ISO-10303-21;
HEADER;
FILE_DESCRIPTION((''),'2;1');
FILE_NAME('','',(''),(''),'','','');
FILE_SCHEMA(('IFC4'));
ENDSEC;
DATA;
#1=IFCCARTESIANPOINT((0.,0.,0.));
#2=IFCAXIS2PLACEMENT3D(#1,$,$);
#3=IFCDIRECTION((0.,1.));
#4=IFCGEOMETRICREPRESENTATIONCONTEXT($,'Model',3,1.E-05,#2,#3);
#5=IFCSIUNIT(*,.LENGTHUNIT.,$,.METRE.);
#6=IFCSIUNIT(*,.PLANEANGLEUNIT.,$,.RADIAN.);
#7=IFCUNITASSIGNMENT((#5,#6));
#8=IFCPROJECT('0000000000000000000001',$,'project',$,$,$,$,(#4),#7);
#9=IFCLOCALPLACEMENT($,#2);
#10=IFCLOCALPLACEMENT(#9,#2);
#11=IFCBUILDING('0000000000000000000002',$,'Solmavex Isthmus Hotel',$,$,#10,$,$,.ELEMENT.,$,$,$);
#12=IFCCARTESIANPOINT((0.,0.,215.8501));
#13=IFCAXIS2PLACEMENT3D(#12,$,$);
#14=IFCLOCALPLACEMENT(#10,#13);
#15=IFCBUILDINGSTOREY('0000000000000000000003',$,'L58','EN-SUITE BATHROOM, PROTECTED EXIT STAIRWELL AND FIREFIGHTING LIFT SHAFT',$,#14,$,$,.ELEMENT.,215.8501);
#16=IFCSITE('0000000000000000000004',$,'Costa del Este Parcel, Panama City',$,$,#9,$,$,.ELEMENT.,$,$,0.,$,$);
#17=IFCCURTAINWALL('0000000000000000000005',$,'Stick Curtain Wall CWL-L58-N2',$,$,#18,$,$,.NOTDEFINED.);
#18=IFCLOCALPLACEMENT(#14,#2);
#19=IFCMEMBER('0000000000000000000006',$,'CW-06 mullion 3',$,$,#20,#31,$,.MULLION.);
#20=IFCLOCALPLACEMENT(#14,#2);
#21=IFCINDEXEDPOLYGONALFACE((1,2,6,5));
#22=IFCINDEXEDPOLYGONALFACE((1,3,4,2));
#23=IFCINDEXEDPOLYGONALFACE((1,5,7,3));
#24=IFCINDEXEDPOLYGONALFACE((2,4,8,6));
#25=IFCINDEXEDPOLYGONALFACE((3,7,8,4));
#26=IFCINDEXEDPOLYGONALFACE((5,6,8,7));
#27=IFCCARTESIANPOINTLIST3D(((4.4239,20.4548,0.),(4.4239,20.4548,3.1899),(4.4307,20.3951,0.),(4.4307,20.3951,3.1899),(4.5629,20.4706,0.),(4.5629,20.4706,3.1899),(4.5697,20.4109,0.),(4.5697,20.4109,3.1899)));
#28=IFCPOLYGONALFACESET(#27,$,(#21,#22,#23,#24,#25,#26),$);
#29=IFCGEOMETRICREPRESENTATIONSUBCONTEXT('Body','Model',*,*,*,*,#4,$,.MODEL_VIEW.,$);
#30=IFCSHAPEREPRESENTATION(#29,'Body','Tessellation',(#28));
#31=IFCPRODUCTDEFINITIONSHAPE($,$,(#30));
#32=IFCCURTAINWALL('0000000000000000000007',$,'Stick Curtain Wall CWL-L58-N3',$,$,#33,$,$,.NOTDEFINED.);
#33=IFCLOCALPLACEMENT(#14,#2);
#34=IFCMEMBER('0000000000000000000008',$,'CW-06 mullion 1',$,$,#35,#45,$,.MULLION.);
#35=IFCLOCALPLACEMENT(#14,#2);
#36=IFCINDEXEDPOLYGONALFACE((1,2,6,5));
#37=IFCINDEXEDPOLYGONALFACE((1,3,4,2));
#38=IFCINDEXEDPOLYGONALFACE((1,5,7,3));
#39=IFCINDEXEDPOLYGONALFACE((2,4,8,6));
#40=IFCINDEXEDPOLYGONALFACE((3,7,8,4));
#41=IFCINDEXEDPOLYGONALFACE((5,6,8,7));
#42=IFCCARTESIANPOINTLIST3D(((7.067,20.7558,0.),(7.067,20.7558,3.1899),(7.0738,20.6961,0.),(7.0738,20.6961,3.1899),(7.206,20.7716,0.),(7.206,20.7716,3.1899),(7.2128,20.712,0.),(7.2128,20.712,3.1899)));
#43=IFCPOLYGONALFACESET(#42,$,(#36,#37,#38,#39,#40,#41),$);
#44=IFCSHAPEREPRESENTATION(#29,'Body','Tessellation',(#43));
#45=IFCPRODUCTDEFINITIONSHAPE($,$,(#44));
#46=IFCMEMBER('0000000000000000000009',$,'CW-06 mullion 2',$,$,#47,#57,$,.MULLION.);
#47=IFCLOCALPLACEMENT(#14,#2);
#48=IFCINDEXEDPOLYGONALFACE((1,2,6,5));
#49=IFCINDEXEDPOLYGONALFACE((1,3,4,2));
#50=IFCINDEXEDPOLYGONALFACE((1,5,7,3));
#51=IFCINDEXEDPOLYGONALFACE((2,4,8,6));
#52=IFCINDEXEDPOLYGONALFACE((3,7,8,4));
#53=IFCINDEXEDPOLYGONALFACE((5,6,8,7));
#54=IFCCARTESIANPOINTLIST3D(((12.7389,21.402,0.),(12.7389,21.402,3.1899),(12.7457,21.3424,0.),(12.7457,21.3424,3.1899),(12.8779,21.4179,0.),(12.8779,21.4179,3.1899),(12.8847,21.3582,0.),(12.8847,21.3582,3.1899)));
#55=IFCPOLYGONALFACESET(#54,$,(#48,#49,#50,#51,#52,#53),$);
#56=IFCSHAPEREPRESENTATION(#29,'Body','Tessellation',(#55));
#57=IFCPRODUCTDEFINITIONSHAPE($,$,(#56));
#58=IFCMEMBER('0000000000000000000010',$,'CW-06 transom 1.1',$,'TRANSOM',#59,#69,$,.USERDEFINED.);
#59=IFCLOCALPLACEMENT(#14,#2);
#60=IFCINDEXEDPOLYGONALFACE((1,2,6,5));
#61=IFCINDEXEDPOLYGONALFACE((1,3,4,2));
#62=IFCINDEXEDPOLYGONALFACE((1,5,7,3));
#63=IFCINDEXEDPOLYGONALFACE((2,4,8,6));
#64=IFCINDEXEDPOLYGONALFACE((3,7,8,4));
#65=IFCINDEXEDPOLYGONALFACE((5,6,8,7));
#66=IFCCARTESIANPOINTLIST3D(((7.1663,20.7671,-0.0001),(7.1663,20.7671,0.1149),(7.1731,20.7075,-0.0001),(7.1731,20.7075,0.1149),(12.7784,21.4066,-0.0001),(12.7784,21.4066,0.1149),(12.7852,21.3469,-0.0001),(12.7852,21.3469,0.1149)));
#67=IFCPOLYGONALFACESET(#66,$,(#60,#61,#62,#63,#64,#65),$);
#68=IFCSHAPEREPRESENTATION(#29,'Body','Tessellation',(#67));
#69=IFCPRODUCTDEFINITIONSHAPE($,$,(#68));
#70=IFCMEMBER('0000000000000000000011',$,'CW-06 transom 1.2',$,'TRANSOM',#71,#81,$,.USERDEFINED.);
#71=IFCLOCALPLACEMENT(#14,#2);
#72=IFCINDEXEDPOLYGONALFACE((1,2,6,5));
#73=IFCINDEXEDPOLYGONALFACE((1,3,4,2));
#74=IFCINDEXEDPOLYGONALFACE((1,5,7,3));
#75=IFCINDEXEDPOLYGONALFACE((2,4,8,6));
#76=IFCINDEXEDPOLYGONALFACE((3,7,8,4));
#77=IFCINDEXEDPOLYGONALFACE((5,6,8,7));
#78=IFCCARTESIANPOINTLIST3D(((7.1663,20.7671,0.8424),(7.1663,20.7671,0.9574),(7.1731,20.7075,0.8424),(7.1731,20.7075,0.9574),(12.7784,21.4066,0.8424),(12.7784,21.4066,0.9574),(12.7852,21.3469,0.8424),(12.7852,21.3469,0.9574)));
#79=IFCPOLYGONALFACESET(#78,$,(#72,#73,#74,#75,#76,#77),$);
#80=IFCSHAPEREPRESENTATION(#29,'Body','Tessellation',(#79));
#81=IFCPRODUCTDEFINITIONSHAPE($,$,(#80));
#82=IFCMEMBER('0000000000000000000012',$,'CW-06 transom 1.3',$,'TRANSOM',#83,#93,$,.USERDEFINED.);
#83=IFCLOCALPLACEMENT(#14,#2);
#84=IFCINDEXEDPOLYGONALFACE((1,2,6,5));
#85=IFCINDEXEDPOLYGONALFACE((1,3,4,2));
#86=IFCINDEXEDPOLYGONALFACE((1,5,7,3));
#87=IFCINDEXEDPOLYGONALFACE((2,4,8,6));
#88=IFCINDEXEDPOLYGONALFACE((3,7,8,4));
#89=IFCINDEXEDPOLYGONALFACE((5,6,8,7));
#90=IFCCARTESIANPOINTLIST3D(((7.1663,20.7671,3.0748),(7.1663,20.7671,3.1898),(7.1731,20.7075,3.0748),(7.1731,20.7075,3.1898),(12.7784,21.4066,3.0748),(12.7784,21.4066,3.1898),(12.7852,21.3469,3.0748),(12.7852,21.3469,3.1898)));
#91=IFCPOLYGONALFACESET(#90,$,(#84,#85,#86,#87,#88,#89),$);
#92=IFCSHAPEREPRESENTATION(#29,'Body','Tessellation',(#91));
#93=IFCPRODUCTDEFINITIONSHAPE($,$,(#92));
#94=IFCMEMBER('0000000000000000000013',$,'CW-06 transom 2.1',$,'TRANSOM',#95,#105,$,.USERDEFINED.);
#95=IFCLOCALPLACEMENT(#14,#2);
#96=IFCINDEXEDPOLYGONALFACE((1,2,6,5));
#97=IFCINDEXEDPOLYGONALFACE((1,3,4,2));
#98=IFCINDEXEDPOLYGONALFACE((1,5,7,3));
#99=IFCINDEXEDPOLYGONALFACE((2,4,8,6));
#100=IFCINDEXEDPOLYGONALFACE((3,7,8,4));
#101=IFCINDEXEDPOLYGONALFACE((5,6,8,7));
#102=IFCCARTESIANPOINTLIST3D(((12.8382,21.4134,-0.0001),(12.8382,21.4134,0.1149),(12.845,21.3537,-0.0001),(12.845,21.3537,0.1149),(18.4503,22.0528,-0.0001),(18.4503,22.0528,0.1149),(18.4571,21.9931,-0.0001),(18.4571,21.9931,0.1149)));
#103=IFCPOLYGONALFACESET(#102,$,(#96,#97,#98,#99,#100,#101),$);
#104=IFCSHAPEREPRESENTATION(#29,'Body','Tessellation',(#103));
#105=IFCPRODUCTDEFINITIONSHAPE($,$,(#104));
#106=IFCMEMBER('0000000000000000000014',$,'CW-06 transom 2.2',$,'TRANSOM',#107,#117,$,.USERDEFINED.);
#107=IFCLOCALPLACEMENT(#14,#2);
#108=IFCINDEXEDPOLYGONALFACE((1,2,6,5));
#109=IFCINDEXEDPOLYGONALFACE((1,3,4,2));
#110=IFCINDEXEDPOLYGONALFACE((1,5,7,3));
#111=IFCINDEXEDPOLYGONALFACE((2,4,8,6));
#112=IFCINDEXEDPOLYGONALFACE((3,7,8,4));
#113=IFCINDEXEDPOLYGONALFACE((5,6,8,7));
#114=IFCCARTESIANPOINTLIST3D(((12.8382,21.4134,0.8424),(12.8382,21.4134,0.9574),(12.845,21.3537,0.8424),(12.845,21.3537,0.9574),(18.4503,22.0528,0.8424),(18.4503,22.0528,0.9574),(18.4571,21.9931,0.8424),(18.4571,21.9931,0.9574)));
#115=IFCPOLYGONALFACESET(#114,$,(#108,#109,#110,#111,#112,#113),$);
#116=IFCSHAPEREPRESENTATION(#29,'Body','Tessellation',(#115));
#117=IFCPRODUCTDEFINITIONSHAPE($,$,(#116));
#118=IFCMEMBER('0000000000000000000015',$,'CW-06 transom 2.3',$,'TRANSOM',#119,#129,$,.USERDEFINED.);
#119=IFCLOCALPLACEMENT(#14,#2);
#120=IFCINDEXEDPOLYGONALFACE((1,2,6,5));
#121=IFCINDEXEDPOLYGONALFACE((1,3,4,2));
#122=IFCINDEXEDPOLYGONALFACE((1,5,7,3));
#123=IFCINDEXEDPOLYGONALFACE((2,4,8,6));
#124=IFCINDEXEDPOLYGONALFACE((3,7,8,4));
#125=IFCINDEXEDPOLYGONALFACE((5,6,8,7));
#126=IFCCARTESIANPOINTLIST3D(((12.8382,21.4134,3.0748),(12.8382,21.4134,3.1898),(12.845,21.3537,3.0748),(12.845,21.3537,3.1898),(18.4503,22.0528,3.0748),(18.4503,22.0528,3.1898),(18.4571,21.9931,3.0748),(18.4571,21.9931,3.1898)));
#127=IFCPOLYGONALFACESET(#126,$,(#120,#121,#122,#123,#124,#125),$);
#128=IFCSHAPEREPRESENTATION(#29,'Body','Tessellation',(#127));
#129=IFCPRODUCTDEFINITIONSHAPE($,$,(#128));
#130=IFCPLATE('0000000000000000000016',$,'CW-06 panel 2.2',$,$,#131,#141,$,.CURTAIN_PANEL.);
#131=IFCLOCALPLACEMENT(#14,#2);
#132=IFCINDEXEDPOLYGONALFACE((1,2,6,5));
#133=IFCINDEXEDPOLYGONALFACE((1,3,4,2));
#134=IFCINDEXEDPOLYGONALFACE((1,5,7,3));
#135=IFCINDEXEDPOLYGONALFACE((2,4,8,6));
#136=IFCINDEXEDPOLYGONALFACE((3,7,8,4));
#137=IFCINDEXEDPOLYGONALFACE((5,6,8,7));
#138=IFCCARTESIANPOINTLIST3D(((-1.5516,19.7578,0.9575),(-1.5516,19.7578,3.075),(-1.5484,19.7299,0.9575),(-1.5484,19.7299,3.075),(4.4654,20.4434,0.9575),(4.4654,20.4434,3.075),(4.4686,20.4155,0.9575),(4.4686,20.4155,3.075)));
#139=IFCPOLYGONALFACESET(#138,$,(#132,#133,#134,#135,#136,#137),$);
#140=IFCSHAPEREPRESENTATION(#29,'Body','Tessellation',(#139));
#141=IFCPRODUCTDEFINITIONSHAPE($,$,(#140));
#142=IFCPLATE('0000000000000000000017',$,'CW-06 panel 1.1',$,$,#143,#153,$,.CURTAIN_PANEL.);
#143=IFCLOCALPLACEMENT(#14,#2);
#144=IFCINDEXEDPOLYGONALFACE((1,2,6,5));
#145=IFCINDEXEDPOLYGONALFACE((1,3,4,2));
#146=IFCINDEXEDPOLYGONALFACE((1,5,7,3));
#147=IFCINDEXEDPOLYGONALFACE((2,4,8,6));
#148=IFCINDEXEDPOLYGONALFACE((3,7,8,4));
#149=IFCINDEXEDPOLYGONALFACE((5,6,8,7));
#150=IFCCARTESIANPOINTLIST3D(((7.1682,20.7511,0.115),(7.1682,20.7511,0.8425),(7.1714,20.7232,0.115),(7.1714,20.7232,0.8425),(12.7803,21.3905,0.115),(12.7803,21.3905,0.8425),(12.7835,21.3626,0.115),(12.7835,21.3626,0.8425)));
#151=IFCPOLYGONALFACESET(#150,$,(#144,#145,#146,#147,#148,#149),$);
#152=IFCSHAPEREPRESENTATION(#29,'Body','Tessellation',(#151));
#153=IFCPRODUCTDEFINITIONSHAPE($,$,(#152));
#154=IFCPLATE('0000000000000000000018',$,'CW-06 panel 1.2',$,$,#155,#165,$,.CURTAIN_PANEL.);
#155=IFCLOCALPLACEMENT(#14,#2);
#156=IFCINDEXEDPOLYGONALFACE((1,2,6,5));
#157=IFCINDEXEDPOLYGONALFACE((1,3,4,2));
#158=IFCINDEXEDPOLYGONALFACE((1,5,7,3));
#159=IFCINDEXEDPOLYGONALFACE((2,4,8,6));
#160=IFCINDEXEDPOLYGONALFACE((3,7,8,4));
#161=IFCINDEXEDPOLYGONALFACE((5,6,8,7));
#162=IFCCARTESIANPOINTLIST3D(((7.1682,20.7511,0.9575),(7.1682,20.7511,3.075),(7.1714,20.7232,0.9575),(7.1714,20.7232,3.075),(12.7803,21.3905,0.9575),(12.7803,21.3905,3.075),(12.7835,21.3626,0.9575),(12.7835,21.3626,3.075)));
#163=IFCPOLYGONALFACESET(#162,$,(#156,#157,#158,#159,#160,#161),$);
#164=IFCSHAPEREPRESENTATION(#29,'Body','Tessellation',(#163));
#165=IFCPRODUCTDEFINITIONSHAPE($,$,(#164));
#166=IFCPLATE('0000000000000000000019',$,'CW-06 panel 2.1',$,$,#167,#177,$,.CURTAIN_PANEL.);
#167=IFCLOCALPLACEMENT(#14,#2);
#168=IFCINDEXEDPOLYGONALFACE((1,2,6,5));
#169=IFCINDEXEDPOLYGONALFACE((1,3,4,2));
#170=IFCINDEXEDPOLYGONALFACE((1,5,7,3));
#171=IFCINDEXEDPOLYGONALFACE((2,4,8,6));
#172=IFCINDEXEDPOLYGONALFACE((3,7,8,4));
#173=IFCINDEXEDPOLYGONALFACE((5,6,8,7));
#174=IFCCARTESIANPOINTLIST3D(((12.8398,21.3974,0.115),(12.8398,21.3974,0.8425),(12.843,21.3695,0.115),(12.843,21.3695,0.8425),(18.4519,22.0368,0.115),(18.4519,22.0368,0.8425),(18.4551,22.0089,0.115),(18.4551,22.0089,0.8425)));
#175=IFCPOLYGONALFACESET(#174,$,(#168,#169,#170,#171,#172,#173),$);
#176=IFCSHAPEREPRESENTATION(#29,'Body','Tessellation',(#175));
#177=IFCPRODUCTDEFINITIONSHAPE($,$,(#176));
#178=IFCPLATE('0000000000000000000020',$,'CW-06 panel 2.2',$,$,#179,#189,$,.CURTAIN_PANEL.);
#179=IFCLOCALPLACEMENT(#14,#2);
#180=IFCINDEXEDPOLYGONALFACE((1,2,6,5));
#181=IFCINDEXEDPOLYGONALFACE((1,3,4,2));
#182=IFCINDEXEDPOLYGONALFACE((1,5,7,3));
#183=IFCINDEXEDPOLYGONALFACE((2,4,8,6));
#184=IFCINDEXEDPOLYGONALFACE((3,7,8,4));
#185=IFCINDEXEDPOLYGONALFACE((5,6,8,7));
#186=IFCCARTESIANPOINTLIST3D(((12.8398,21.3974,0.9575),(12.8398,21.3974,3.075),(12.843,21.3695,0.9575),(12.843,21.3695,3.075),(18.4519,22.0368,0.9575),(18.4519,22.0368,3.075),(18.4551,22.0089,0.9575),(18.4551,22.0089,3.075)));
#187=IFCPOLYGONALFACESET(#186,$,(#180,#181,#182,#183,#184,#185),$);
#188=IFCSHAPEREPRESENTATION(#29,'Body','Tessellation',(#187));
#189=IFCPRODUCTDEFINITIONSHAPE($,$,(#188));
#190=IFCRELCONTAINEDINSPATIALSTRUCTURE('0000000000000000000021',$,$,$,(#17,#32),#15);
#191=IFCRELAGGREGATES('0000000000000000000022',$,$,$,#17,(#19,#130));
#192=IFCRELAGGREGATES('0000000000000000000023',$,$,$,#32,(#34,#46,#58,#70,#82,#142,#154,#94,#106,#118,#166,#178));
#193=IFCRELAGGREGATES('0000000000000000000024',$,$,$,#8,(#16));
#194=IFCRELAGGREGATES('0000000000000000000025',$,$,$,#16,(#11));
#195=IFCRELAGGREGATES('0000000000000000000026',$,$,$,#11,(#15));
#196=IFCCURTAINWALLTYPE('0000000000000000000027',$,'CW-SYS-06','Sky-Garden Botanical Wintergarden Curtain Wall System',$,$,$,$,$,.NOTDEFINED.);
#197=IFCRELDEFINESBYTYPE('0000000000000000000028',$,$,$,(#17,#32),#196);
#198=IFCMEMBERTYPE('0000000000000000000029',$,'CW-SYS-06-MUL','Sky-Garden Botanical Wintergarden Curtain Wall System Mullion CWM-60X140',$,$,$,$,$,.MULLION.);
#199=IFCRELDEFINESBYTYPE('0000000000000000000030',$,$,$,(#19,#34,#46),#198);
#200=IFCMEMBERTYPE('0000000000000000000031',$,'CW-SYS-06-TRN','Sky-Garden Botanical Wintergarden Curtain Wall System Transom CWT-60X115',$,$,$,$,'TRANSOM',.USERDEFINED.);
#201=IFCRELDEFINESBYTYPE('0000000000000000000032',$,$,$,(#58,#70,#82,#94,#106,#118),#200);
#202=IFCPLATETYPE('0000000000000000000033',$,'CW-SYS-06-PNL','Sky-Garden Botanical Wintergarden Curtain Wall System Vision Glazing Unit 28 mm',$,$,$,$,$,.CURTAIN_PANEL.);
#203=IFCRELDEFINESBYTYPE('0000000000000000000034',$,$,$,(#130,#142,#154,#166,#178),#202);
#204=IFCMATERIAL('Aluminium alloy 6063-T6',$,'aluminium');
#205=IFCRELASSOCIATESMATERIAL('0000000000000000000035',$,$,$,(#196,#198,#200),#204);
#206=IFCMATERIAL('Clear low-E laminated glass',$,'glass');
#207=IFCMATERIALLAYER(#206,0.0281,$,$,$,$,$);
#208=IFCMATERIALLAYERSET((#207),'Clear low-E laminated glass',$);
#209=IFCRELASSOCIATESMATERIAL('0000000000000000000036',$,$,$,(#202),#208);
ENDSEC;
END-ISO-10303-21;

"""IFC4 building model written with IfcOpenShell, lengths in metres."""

from ifc_helpers import new_model, si_unit, direction, frame, origin, origin_2d, place, context, subcontext, project, spatial, rectangle, extrude, material, layer, layer_set, material_profile, profile_set, type_object, element, aggregate, save


model = new_model("IFC4")

# Units and contexts
model_context = context("Model", 3, precision=1e-05, world=origin(), true_north=direction((0.0, 1.0)))
body_context = subcontext(model_context, "Body", "Model", "MODEL_VIEW")
ifc_project = project(units=[si_unit("LENGTHUNIT", "METRE"), si_unit("PLANEANGLEUNIT", "RADIAN")], contexts=[model_context])

# Site, building, storey
site_placement = place(None, origin())
site = spatial("IfcSite", under=ifc_project, at=site_placement, Name="Costa del Este Parcel, Panama City", CompositionType="ELEMENT", RefElevation=0.0)
building_placement = place(site_placement, origin())
building = spatial("IfcBuilding", under=site, at=building_placement, Name="Solmavex Isthmus Hotel", CompositionType="ELEMENT")
storey_placement = place(building_placement, frame((0.0, 0.0, 215.8501)))
storey = spatial("IfcBuildingStorey", under=building, at=storey_placement, Name="L58", Description="EN-SUITE BATHROOM, PROTECTED EXIT STAIRWELL AND FIREFIGHTING LIFT SHAFT", CompositionType="ELEMENT", Elevation=215.8501)

# Curtain wall, member
ifc_material_1 = material(Name="Aluminium alloy 6063-T6", Category="aluminium")
curtain_wall_type = type_object("IfcCurtainWallType", Name="CW-SYS-06", Description="Sky-Garden Botanical Wintergarden Curtain Wall System", PredefinedType="NOTDEFINED", material=ifc_material_1)
curtain_wall_1_placement = place(storey_placement, origin())
curtain_wall_1 = element("IfcCurtainWall", 1, at=curtain_wall_1_placement, inside=storey, type_object=curtain_wall_type, Name="Stick Curtain Wall CWL-L58-N2", PredefinedType="NOTDEFINED")
ifc_material_profile_1 = material_profile(ifc_material_1, rectangle(XDim=0.0601, YDim=0.1399, at=origin_2d()), Name="CWM-60X140")
ifc_profile_set_1 = profile_set([ifc_material_profile_1], Name="Aluminium alloy 6063-T6")
member_type_1 = type_object("IfcMemberType", Name="CW-SYS-06-MUL", Description="Sky-Garden Botanical Wintergarden Curtain Wall System Mullion CWM-60X140", PredefinedType="MULLION", material=ifc_profile_set_1)
member_1_placement = place(storey_placement, frame((4.4968, 20.4329, 0.0), z_axis=(0.0, 0.0, 1.0), x_axis=(-0.113203, 0.993572, 0.0)))
member_1 = element("IfcMember", 2, at=member_1_placement, type_object=member_type_1, Name="CW-06 mullion 3", PredefinedType="MULLION", context=body_context, shape_type="SweptSolid", body=[
    extrude(rectangle(XDim=0.0601, YDim=0.1399, at=origin_2d()), origin(), (0.0, 0.0, 1.0), 3.1899),
])

# Curtain wall, members
curtain_wall_2_placement = place(storey_placement, origin())
curtain_wall_2 = element("IfcCurtainWall", 3, at=curtain_wall_2_placement, inside=storey, type_object=curtain_wall_type, Name="Stick Curtain Wall CWL-L58-N3", PredefinedType="NOTDEFINED")
member_2_placement = place(storey_placement, frame((7.1399, 20.7339, 0.0), z_axis=(0.0, 0.0, 1.0), x_axis=(-0.113203, 0.993572, 0.0)))
member_2 = element("IfcMember", 4, at=member_2_placement, type_object=member_type_1, Name="CW-06 mullion 1", PredefinedType="MULLION", context=body_context, shape_type="SweptSolid", body=[
    extrude(rectangle(XDim=0.0601, YDim=0.1399, at=origin_2d()), origin(), (0.0, 0.0, 1.0), 3.1899),
])
member_3_placement = place(storey_placement, frame((12.8118, 21.3801, 0.0), z_axis=(0.0, 0.0, 1.0), x_axis=(-0.113203, 0.993572, 0.0)))
member_3 = element("IfcMember", 5, at=member_3_placement, type_object=member_type_1, Name="CW-06 mullion 2", PredefinedType="MULLION", context=body_context, shape_type="SweptSolid", body=[
    extrude(rectangle(XDim=0.0601, YDim=0.1399, at=origin_2d()), origin(), (0.0, 0.0, 1.0), 3.1899),
])
ifc_material_profile_2 = material_profile(ifc_material_1, rectangle(XDim=0.0601, YDim=0.115, at=origin_2d()), Name="CWT-60X115")
ifc_profile_set_2 = profile_set([ifc_material_profile_2], Name="Aluminium alloy 6063-T6")
member_type_2 = type_object("IfcMemberType", Name="CW-SYS-06-TRN", Description="Sky-Garden Botanical Wintergarden Curtain Wall System Transom CWT-60X115", ElementType="TRANSOM", PredefinedType="USERDEFINED", material=ifc_profile_set_2)
member_4_placement = place(storey_placement, frame((7.1697, 20.7373, 0.0574), z_axis=(0.993572, 0.113202, 0.0), x_axis=(-0.113202, 0.993572, 0.0)))
member_4 = element("IfcMember", 6, at=member_4_placement, type_object=member_type_2, Name="CW-06 transom 1.1", ObjectType="TRANSOM", PredefinedType="USERDEFINED", context=body_context, shape_type="SweptSolid", body=[
    extrude(rectangle(XDim=0.0601, YDim=0.115, at=origin_2d()), origin(), (0.0, 0.0, 1.0), 5.6484),
])
member_5_placement = place(storey_placement, frame((7.1697, 20.7373, 0.8999), z_axis=(0.993572, 0.113202, 0.0), x_axis=(-0.113202, 0.993572, 0.0)))
member_5 = element("IfcMember", 7, at=member_5_placement, type_object=member_type_2, Name="CW-06 transom 1.2", ObjectType="TRANSOM", PredefinedType="USERDEFINED", context=body_context, shape_type="SweptSolid", body=[
    extrude(rectangle(XDim=0.0601, YDim=0.115, at=origin_2d()), origin(), (0.0, 0.0, 1.0), 5.6484),
])
member_6_placement = place(storey_placement, frame((7.1697, 20.7373, 3.1323), z_axis=(0.993572, 0.113202, 0.0), x_axis=(-0.113202, 0.993572, 0.0)))
member_6 = element("IfcMember", 8, at=member_6_placement, type_object=member_type_2, Name="CW-06 transom 1.3", ObjectType="TRANSOM", PredefinedType="USERDEFINED", context=body_context, shape_type="SweptSolid", body=[
    extrude(rectangle(XDim=0.0601, YDim=0.115, at=origin_2d()), origin(), (0.0, 0.0, 1.0), 5.6484),
])
member_7_placement = place(storey_placement, frame((12.8416, 21.3835, 0.0574), z_axis=(0.993572, 0.113202, 0.0), x_axis=(-0.113202, 0.993572, 0.0)))
member_7 = element("IfcMember", 9, at=member_7_placement, type_object=member_type_2, Name="CW-06 transom 2.1", ObjectType="TRANSOM", PredefinedType="USERDEFINED", context=body_context, shape_type="SweptSolid", body=[
    extrude(rectangle(XDim=0.0601, YDim=0.115, at=origin_2d()), origin(), (0.0, 0.0, 1.0), 5.6484),
])
member_8_placement = place(storey_placement, frame((12.8416, 21.3835, 0.8999), z_axis=(0.993572, 0.113202, 0.0), x_axis=(-0.113202, 0.993572, 0.0)))
member_8 = element("IfcMember", 10, at=member_8_placement, type_object=member_type_2, Name="CW-06 transom 2.2", ObjectType="TRANSOM", PredefinedType="USERDEFINED", context=body_context, shape_type="SweptSolid", body=[
    extrude(rectangle(XDim=0.0601, YDim=0.115, at=origin_2d()), origin(), (0.0, 0.0, 1.0), 5.6484),
])
member_9_placement = place(storey_placement, frame((12.8416, 21.3835, 3.1323), z_axis=(0.993572, 0.113202, 0.0), x_axis=(-0.113202, 0.993572, 0.0)))
member_9 = element("IfcMember", 11, at=member_9_placement, type_object=member_type_2, Name="CW-06 transom 2.3", ObjectType="TRANSOM", PredefinedType="USERDEFINED", context=body_context, shape_type="SweptSolid", body=[
    extrude(rectangle(XDim=0.0601, YDim=0.115, at=origin_2d()), origin(), (0.0, 0.0, 1.0), 5.6484),
])

# Plates
ifc_material_2 = material(Name="Clear low-E laminated glass", Category="glass")
ifc_layer_1 = layer(ifc_material_2, 0.0281)
ifc_layer_set_1 = layer_set([ifc_layer_1], Name="Clear low-E laminated glass")
plate_type = type_object("IfcPlateType", Name="CW-SYS-06-PNL", Description="Sky-Garden Botanical Wintergarden Curtain Wall System Vision Glazing Unit 28 mm", PredefinedType="CURTAIN_PANEL", material=ifc_layer_set_1)
plate_1_placement = place(storey_placement, frame((1.4585, 20.0867, 0.9575), z_axis=(0.0, 0.0, 1.0), x_axis=(0.993572, 0.113203, 0.0)))
plate_1 = element("IfcPlate", 12, at=plate_1_placement, type_object=plate_type, Name="CW-06 panel 2.2", PredefinedType="CURTAIN_PANEL", context=body_context, shape_type="SweptSolid", body=[
    extrude(rectangle(XDim=6.0559, YDim=0.0281, at=origin_2d()), origin(), (0.0, 0.0, 1.0), 2.1174),
])
aggregate(curtain_wall_1, [member_1, plate_1])
plate_2_placement = place(storey_placement, frame((9.9758, 21.0569, 0.115), z_axis=(0.0, 0.0, 1.0), x_axis=(0.993572, 0.113203, 0.0)))
plate_2 = element("IfcPlate", 13, at=plate_2_placement, type_object=plate_type, Name="CW-06 panel 1.1", PredefinedType="CURTAIN_PANEL", context=body_context, shape_type="SweptSolid", body=[
    extrude(rectangle(XDim=5.6484, YDim=0.0281, at=origin_2d()), origin(), (0.0, 0.0, 1.0), 0.7275),
])
plate_3_placement = place(storey_placement, frame((9.9758, 21.0569, 0.9575), z_axis=(0.0, 0.0, 1.0), x_axis=(0.993572, 0.113203, 0.0)))
plate_3 = element("IfcPlate", 14, at=plate_3_placement, type_object=plate_type, Name="CW-06 panel 1.2", PredefinedType="CURTAIN_PANEL", context=body_context, shape_type="SweptSolid", body=[
    extrude(rectangle(XDim=5.6484, YDim=0.0281, at=origin_2d()), origin(), (0.0, 0.0, 1.0), 2.1174),
])
plate_4_placement = place(storey_placement, frame((15.6475, 21.7031, 0.115), z_axis=(0.0, 0.0, 1.0), x_axis=(0.993572, 0.113203, 0.0)))
plate_4 = element("IfcPlate", 15, at=plate_4_placement, type_object=plate_type, Name="CW-06 panel 2.1", PredefinedType="CURTAIN_PANEL", context=body_context, shape_type="SweptSolid", body=[
    extrude(rectangle(XDim=5.6484, YDim=0.0281, at=origin_2d()), origin(), (0.0, 0.0, 1.0), 0.7275),
])
plate_5_placement = place(storey_placement, frame((15.6475, 21.7031, 0.9575), z_axis=(0.0, 0.0, 1.0), x_axis=(0.993572, 0.113203, 0.0)))
plate_5 = element("IfcPlate", 16, at=plate_5_placement, type_object=plate_type, Name="CW-06 panel 2.2", PredefinedType="CURTAIN_PANEL", context=body_context, shape_type="SweptSolid", body=[
    extrude(rectangle(XDim=5.6484, YDim=0.0281, at=origin_2d()), origin(), (0.0, 0.0, 1.0), 2.1174),
])
aggregate(curtain_wall_2, [member_2, member_3, member_4, member_5, member_6, plate_2, plate_3, member_7, member_8, member_9, plate_4, plate_5])

save(model, "model.ifc")
